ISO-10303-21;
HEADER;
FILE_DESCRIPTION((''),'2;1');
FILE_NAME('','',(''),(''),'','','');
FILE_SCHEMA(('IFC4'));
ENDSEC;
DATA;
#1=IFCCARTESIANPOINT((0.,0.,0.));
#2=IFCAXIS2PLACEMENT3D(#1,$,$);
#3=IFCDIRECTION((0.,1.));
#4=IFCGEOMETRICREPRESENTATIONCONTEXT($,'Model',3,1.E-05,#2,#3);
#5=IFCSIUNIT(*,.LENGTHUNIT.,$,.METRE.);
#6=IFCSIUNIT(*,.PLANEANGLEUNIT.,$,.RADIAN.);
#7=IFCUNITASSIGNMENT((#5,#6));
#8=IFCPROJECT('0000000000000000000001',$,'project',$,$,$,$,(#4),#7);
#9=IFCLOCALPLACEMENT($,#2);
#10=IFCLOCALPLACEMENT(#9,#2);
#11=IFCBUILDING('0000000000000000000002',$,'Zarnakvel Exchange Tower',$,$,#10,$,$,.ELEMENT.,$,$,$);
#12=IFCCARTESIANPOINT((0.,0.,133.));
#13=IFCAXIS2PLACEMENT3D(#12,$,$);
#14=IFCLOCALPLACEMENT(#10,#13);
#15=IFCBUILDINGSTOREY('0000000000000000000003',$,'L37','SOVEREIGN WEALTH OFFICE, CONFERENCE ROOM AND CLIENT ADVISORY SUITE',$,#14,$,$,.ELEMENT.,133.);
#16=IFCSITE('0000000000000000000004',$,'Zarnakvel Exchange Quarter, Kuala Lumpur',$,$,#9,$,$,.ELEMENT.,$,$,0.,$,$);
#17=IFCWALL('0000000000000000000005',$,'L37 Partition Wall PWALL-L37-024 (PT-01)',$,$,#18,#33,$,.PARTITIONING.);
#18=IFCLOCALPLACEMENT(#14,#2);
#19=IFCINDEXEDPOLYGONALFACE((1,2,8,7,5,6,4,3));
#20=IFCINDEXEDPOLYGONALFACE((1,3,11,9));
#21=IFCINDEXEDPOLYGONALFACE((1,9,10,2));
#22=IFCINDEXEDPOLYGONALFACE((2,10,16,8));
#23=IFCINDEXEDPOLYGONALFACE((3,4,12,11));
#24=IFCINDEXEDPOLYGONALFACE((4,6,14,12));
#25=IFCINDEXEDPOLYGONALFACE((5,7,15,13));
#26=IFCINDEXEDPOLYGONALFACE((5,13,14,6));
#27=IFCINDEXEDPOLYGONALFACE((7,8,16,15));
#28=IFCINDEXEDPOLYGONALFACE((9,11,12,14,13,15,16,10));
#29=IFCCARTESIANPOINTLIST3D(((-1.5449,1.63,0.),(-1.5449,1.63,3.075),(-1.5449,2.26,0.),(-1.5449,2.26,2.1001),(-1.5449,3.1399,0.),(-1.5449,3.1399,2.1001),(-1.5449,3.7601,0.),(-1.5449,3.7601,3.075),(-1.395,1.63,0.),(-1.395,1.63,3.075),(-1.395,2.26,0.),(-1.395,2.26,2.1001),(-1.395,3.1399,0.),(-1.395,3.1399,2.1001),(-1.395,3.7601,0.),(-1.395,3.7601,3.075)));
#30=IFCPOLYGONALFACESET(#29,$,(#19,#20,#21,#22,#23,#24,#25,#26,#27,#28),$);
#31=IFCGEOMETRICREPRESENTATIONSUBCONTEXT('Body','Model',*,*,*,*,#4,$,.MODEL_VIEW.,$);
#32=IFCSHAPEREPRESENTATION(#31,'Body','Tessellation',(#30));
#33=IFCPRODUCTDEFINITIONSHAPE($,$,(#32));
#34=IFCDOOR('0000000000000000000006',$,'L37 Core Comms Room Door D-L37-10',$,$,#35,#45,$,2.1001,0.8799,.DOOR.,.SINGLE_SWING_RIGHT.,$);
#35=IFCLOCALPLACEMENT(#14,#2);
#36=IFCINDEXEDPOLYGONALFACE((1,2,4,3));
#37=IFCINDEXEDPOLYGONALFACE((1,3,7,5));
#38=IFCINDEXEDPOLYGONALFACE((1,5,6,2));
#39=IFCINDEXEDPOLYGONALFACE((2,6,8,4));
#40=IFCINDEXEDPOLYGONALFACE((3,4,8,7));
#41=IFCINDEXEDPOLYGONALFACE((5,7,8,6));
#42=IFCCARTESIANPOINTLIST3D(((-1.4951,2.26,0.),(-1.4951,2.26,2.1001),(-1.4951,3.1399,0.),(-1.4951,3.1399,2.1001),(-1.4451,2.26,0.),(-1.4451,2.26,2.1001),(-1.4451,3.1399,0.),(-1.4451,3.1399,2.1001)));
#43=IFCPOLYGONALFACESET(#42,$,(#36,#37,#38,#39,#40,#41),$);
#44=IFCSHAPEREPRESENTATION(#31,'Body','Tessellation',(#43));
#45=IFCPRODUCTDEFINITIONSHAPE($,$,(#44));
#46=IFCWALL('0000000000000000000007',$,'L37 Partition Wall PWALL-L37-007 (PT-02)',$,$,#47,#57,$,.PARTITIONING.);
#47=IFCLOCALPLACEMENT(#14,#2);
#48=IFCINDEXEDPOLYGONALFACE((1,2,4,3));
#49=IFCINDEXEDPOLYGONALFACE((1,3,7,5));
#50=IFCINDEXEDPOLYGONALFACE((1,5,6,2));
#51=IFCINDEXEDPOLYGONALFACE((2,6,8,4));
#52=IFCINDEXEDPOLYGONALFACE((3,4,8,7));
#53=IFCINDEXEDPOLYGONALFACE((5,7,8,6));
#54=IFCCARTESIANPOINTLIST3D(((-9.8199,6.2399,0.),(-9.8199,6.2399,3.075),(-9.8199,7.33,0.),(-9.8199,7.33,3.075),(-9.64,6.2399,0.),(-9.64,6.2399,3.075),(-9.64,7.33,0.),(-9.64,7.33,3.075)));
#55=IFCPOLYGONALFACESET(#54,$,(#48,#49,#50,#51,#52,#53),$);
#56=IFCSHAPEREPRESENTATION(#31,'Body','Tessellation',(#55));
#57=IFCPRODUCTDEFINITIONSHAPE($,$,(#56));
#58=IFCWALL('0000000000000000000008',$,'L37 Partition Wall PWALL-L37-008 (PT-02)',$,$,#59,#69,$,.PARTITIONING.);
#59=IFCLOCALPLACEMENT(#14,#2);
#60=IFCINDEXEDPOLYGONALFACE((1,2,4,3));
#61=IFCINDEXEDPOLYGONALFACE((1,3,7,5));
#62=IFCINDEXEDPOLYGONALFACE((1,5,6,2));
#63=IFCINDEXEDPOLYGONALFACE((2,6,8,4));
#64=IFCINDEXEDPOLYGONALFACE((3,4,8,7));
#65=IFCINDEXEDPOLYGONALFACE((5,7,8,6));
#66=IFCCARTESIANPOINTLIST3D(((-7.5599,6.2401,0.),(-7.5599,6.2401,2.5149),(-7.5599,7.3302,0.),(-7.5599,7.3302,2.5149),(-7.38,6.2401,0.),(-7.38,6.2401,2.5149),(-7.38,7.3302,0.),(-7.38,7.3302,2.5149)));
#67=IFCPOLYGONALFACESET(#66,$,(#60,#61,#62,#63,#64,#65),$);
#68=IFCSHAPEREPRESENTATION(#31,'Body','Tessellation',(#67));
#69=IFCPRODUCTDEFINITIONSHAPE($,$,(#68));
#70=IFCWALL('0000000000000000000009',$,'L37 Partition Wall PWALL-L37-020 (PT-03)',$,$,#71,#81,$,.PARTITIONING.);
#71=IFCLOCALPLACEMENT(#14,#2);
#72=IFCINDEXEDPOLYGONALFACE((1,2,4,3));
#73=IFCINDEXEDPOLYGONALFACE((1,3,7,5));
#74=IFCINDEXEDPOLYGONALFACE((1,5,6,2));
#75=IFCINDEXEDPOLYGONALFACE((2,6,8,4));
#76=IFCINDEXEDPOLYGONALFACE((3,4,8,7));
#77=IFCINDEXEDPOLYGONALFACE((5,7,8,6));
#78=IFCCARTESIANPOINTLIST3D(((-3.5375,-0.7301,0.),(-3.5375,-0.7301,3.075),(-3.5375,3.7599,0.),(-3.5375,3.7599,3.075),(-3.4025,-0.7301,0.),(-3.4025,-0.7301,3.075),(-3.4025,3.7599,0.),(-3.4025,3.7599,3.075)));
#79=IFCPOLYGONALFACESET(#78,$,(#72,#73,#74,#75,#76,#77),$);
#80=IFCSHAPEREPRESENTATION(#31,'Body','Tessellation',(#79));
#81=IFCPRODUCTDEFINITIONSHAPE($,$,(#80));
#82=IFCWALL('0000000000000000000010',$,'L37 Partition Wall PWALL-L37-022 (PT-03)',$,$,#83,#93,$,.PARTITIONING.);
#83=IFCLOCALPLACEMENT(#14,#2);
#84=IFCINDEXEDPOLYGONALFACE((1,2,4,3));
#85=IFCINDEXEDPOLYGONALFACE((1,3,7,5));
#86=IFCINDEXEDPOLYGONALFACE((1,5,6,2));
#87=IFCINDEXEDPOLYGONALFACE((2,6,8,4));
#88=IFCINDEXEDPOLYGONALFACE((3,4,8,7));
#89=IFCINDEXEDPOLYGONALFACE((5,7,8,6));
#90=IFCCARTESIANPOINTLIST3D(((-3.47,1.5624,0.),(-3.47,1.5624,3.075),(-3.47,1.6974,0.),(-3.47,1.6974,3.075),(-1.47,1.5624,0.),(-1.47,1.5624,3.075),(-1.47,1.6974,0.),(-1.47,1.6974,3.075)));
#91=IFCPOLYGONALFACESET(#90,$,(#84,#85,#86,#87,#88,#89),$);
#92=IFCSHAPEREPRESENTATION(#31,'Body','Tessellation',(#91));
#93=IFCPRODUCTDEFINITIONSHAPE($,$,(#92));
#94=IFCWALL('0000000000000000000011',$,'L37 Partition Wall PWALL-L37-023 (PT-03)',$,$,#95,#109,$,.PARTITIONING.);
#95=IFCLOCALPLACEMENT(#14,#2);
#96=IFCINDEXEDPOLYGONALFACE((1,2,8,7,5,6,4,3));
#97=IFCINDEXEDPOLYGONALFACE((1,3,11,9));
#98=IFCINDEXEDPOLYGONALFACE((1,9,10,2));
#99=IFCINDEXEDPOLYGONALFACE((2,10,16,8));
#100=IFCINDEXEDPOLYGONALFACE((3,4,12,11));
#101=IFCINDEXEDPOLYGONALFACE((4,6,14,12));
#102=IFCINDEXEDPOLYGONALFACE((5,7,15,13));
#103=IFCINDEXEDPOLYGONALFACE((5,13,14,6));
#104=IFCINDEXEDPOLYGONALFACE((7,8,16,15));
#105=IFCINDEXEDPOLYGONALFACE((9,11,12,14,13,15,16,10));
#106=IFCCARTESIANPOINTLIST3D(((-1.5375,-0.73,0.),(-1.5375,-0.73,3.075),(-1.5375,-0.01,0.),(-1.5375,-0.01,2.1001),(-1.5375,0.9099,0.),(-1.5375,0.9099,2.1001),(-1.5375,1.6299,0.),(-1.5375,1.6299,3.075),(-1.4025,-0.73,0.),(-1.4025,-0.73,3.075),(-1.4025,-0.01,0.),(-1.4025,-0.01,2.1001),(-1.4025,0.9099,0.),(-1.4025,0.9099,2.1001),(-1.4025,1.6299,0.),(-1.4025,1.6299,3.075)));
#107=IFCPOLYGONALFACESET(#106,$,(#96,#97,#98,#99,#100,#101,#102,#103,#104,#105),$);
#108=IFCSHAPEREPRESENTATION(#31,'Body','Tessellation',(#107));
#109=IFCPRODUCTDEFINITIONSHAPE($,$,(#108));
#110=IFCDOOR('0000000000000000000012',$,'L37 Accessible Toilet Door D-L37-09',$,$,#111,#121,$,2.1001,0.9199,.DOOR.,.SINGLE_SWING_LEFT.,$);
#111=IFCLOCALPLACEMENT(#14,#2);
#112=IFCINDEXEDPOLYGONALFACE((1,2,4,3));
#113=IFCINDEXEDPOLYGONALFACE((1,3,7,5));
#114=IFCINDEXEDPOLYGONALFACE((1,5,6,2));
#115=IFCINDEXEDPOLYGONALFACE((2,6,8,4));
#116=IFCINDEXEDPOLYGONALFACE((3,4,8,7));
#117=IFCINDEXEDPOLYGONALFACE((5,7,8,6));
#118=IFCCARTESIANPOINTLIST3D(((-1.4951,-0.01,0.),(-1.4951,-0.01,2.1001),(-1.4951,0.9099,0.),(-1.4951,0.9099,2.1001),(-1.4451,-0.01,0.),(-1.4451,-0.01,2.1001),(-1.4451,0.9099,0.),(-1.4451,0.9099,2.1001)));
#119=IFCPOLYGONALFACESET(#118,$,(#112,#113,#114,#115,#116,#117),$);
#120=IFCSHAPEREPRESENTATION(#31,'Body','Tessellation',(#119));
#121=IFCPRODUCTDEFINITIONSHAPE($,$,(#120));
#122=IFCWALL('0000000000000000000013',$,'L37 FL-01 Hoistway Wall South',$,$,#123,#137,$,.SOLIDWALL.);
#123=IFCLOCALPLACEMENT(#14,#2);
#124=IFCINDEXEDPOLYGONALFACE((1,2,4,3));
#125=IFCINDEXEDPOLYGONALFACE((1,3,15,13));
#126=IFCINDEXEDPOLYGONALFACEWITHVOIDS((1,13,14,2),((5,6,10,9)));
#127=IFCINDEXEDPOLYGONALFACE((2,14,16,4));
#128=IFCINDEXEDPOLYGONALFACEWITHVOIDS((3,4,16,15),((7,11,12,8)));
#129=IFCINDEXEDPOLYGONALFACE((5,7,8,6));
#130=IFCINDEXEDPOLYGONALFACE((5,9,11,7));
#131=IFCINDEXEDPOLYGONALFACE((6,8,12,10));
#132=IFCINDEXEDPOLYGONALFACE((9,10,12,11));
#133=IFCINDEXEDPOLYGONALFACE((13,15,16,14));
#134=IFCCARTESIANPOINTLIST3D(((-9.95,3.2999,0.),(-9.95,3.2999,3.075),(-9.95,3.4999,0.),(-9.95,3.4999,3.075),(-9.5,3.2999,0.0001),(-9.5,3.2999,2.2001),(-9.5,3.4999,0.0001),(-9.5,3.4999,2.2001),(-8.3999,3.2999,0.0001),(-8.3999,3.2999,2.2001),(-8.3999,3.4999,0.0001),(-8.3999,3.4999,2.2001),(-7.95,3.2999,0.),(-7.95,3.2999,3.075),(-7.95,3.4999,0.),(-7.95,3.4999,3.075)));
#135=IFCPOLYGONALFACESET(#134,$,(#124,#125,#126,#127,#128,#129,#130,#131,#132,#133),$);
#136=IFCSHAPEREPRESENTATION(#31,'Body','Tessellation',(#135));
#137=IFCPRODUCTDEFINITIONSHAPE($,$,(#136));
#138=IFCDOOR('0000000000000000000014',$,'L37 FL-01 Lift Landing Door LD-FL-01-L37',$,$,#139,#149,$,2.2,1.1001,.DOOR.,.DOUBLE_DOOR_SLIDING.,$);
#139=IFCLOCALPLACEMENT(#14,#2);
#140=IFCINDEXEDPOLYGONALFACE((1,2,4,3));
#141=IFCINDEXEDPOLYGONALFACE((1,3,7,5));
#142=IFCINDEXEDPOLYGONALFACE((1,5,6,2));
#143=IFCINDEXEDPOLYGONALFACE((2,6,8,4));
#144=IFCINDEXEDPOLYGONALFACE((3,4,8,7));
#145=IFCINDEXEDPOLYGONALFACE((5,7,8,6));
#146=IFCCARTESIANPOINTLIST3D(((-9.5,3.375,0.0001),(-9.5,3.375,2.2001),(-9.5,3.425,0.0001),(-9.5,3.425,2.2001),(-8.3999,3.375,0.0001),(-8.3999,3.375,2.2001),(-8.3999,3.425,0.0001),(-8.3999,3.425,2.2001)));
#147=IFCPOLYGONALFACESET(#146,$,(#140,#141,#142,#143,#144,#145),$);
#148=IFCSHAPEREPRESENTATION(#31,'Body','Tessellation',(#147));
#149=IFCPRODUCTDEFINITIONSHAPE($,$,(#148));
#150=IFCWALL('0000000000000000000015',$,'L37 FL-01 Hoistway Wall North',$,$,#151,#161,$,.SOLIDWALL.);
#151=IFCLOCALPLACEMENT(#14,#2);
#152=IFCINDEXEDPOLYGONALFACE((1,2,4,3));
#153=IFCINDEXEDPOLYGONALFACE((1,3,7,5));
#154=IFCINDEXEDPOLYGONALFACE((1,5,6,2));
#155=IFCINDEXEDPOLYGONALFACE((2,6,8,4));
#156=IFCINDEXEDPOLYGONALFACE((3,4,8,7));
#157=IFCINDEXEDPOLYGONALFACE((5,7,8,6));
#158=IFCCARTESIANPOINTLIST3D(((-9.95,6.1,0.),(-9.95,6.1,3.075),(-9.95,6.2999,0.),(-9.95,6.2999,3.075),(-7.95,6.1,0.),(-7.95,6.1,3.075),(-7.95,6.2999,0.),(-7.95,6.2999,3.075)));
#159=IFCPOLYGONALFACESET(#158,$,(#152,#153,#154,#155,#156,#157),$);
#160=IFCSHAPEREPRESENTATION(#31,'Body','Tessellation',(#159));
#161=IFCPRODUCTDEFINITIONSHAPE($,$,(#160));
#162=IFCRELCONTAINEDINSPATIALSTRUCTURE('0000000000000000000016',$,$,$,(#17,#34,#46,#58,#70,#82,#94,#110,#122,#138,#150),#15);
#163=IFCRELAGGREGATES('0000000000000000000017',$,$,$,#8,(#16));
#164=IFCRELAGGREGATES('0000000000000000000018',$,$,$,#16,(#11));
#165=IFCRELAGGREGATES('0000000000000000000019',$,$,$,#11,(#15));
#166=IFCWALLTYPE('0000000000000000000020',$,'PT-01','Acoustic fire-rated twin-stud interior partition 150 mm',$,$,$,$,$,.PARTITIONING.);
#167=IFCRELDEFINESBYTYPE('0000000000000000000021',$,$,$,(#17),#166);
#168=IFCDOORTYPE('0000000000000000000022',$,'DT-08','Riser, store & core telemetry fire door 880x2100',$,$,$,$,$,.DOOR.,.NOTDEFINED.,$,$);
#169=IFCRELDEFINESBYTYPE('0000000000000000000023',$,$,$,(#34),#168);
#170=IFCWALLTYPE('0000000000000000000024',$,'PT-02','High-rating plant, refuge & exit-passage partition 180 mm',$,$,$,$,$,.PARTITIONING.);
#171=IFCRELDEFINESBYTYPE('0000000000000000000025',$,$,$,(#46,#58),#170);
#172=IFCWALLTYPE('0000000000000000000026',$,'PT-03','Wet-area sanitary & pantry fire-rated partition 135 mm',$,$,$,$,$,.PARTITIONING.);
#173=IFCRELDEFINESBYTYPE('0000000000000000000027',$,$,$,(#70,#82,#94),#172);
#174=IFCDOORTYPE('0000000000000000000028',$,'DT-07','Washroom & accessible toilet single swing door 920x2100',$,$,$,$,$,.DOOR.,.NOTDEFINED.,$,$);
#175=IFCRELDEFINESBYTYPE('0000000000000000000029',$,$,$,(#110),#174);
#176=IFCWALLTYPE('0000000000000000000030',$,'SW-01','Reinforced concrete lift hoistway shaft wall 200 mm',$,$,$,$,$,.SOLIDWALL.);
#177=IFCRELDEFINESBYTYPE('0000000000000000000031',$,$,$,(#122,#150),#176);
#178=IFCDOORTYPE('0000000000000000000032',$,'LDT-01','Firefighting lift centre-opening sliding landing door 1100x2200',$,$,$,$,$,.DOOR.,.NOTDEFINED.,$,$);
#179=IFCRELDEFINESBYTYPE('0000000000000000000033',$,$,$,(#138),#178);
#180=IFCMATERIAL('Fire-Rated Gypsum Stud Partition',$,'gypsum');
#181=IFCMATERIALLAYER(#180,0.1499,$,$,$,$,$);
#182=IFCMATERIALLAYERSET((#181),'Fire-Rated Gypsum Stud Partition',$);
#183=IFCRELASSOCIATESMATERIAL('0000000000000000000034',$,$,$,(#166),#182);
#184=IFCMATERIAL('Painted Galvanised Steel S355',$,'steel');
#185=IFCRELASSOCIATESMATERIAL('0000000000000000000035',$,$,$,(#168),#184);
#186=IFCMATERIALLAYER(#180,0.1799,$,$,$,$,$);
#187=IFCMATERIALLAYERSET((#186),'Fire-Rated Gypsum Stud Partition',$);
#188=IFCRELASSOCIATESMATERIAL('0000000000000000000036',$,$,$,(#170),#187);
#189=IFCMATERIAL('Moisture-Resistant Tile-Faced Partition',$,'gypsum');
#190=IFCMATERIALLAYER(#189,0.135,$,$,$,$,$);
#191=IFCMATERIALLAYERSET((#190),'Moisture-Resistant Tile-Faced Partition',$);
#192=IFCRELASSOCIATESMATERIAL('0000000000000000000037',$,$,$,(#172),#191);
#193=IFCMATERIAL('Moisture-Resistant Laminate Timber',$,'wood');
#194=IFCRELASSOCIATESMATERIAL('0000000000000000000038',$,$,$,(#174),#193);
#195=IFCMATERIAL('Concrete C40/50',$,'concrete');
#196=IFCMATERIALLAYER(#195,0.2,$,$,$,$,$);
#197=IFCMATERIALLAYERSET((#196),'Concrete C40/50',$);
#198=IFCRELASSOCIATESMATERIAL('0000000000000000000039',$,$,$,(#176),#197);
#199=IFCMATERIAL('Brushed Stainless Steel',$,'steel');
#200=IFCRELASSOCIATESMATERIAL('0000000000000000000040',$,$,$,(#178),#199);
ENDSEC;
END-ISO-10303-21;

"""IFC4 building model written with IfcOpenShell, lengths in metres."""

from ifc_helpers import new_model, si_unit, direction, frame, frame_2d, origin, place, context, subcontext, project, spatial, rectangle, extrude, source, transform, mapped, material, layer, layer_set, type_object, element, fill, save


model = new_model("IFC4")

# Units and contexts
model_context = context("Model", 3, precision=1e-05, world=origin(), true_north=direction((0.0, 1.0)))
body_context = subcontext(model_context, "Body", "Model", "MODEL_VIEW")
ifc_project = project(units=[si_unit("LENGTHUNIT", "METRE"), si_unit("PLANEANGLEUNIT", "RADIAN")], contexts=[model_context])

# Site, building, storey
site_placement = place(None, origin())
site = spatial("IfcSite", under=ifc_project, at=site_placement, Name="Zarnakvel Exchange Quarter, Kuala Lumpur", CompositionType="ELEMENT", RefElevation=0.0)
building_placement = place(site_placement, origin())
building = spatial("IfcBuilding", under=site, at=building_placement, Name="Zarnakvel Exchange Tower", CompositionType="ELEMENT")
storey_placement = place(building_placement, frame((0.0, 0.0, 133.0)))
storey = spatial("IfcBuildingStorey", under=building, at=storey_placement, Name="L37", Description="SOVEREIGN WEALTH OFFICE, CONFERENCE ROOM AND CLIENT ADVISORY SUITE", CompositionType="ELEMENT", Elevation=133.0)

# Wall, opening, door
ifc_material_1 = material(Name="Fire-Rated Gypsum Stud Partition", Category="gypsum")
ifc_layer_1 = layer(ifc_material_1, 0.1499)
ifc_layer_set_1 = layer_set([ifc_layer_1], Name="Fire-Rated Gypsum Stud Partition")
wall_type_1 = type_object("IfcWallType", Name="PT-01", Description="Acoustic fire-rated twin-stud interior partition 150 mm", PredefinedType="PARTITIONING", material=ifc_layer_set_1)
wall_1_placement = place(storey_placement, frame((-1.47, 3.76, 0.0), z_axis=(0.0, 0.0, 1.0), x_axis=(0.0, -1.0, 0.0)))
wall_1 = element("IfcWall", 1, at=wall_1_placement, inside=storey, type_object=wall_type_1, Name="L37 Partition Wall PWALL-L37-024 (PT-01)", PredefinedType="PARTITIONING", context=body_context, shape_type="SweptSolid", body=[
    extrude(rectangle(XDim=2.1301, YDim=0.1499, at=frame_2d((1.0649, 0.0))), origin(), (0.0, 0.0, 1.0), 3.075),
])
opening_1_placement = place(wall_1_placement, frame((0.6201, 0.0, 0.0)))
opening_1 = element("IfcOpeningElement", 2, at=opening_1_placement, cuts=wall_1, PredefinedType="OPENING", context=body_context, shape_type="SweptSolid", body=[
    extrude(rectangle(XDim=0.8799, YDim=2.1001, at=frame_2d((0.4399, 1.05))), frame((0.0, 0.085, 0.0), z_axis=(0.0, -1.0, 0.0), x_axis=(1.0, 0.0, 0.0)), (0.0, 0.0, 1.0), 0.1699),
])
ifc_material_2 = material(Name="Painted Galvanised Steel S355", Category="steel")
door_type_1 = type_object("IfcDoorType", Name="DT-08", Description="Riser, store & core telemetry fire door 880x2100", OperationType="NOTDEFINED", PredefinedType="DOOR", material=ifc_material_2)
shared_shape_1 = source(origin(), body_context, "Body", "SweptSolid", [
    extrude(rectangle(XDim=0.8799, YDim=2.1001, at=frame_2d((0.4399, 1.05))), frame((0.0, 0.0249, 0.0), z_axis=(0.0, -1.0, 0.0), x_axis=(1.0, 0.0, 0.0)), (0.0, 0.0, 1.0), 0.05),
])
door_1_placement = place(opening_1_placement, origin())
door_1 = element("IfcDoor", 3, at=door_1_placement, inside=storey, type_object=door_type_1, Name="L37 Core Comms Room Door D-L37-10", OperationType="SINGLE_SWING_RIGHT", OverallHeight=2.1001, OverallWidth=0.8799, PredefinedType="DOOR", context=body_context, shape_type="MappedRepresentation", body=[
    mapped(shared_shape_1, transform((0.0, 0.0, 0.0), x_axis=(1.0, 0.0, 0.0), y_axis=(0.0, 1.0, 0.0), z_axis=(0.0, 0.0, 1.0), scale=1.0)),
])
fill(opening_1, door_1)

# Walls
ifc_layer_2 = layer(ifc_material_1, 0.1799)
ifc_layer_set_2 = layer_set([ifc_layer_2], Name="Fire-Rated Gypsum Stud Partition")
wall_type_2 = type_object("IfcWallType", Name="PT-02", Description="High-rating plant, refuge & exit-passage partition 180 mm", PredefinedType="PARTITIONING", material=ifc_layer_set_2)
wall_2_placement = place(storey_placement, frame((-9.73, 6.24, 0.0), z_axis=(0.0, 0.0, 1.0), x_axis=(0.0, 1.0, 0.0)))
element("IfcWall", 4, at=wall_2_placement, inside=storey, type_object=wall_type_2, Name="L37 Partition Wall PWALL-L37-007 (PT-02)", PredefinedType="PARTITIONING", context=body_context, shape_type="SweptSolid", body=[
    extrude(rectangle(XDim=1.0901, YDim=0.1799, at=frame_2d((0.5449, 0.0))), origin(), (0.0, 0.0, 1.0), 3.075),
])
wall_3_placement = place(storey_placement, frame((-7.47, 7.3301, 0.0), z_axis=(0.0, 0.0, 1.0), x_axis=(0.0, -1.0, 0.0)))
element("IfcWall", 5, at=wall_3_placement, inside=storey, type_object=wall_type_2, Name="L37 Partition Wall PWALL-L37-008 (PT-02)", PredefinedType="PARTITIONING", context=body_context, shape_type="SweptSolid", body=[
    extrude(rectangle(XDim=1.0901, YDim=0.1799, at=frame_2d((0.5449, 0.0))), origin(), (0.0, 0.0, 1.0), 2.5149),
])
ifc_material_3 = material(Name="Moisture-Resistant Tile-Faced Partition", Category="gypsum")
ifc_layer_3 = layer(ifc_material_3, 0.135)
ifc_layer_set_3 = layer_set([ifc_layer_3], Name="Moisture-Resistant Tile-Faced Partition")
wall_type_3 = type_object("IfcWallType", Name="PT-03", Description="Wet-area sanitary & pantry fire-rated partition 135 mm", PredefinedType="PARTITIONING", material=ifc_layer_set_3)
wall_4_placement = place(storey_placement, frame((-3.47, 3.76, 0.0), z_axis=(0.0, 0.0, 1.0), x_axis=(0.0, -1.0, 0.0)))
element("IfcWall", 6, at=wall_4_placement, inside=storey, type_object=wall_type_3, Name="L37 Partition Wall PWALL-L37-020 (PT-03)", PredefinedType="PARTITIONING", context=body_context, shape_type="SweptSolid", body=[
    extrude(rectangle(XDim=4.49, YDim=0.135, at=frame_2d((2.2451, 0.0))), origin(), (0.0, 0.0, 1.0), 3.075),
])
wall_5_placement = place(storey_placement, frame((-3.47, 1.6299, 0.0), z_axis=(0.0, 0.0, 1.0), x_axis=(1.0, 0.0, 0.0)))
element("IfcWall", 7, at=wall_5_placement, inside=storey, type_object=wall_type_3, Name="L37 Partition Wall PWALL-L37-022 (PT-03)", PredefinedType="PARTITIONING", context=body_context, shape_type="SweptSolid", body=[
    extrude(rectangle(XDim=2.0, YDim=0.135, at=frame_2d((1.0, 0.0))), origin(), (0.0, 0.0, 1.0), 3.075),
])

# Walls, openings, doors
wall_6_placement = place(storey_placement, frame((-1.47, 1.6299, 0.0), z_axis=(0.0, 0.0, 1.0), x_axis=(0.0, -1.0, 0.0)))
wall_6 = element("IfcWall", 8, at=wall_6_placement, inside=storey, type_object=wall_type_3, Name="L37 Partition Wall PWALL-L37-023 (PT-03)", PredefinedType="PARTITIONING", context=body_context, shape_type="SweptSolid", body=[
    extrude(rectangle(XDim=2.3599, YDim=0.135, at=frame_2d((1.1799, 0.0))), origin(), (0.0, 0.0, 1.0), 3.075),
])
opening_2_placement = place(wall_6_placement, frame((0.72, 0.0, 0.0)))
opening_2 = element("IfcOpeningElement", 9, at=opening_2_placement, cuts=wall_6, PredefinedType="OPENING", context=body_context, shape_type="SweptSolid", body=[
    extrude(rectangle(XDim=0.9199, YDim=2.1001, at=frame_2d((0.46, 1.05))), frame((0.0, 0.0774, 0.0), z_axis=(0.0, -1.0, 0.0), x_axis=(1.0, 0.0, 0.0)), (0.0, 0.0, 1.0), 0.155),
])
ifc_material_4 = material(Name="Moisture-Resistant Laminate Timber", Category="wood")
door_type_2 = type_object("IfcDoorType", Name="DT-07", Description="Washroom & accessible toilet single swing door 920x2100", OperationType="NOTDEFINED", PredefinedType="DOOR", material=ifc_material_4)
shared_shape_2 = source(origin(), body_context, "Body", "SweptSolid", [
    extrude(rectangle(XDim=0.9199, YDim=2.1001, at=frame_2d((0.46, 1.05))), frame((0.0, 0.0249, 0.0), z_axis=(0.0, -1.0, 0.0), x_axis=(1.0, 0.0, 0.0)), (0.0, 0.0, 1.0), 0.05),
])
door_2_placement = place(opening_2_placement, origin())
door_2 = element("IfcDoor", 10, at=door_2_placement, inside=storey, type_object=door_type_2, Name="L37 Accessible Toilet Door D-L37-09", OperationType="SINGLE_SWING_LEFT", OverallHeight=2.1001, OverallWidth=0.9199, PredefinedType="DOOR", context=body_context, shape_type="MappedRepresentation", body=[
    mapped(shared_shape_2, transform((0.0, 0.0, 0.0), x_axis=(1.0, 0.0, 0.0), y_axis=(0.0, 1.0, 0.0), z_axis=(0.0, 0.0, 1.0), scale=1.0)),
])
fill(opening_2, door_2)
ifc_material_5 = material(Name="Concrete C40/50", Category="concrete")
ifc_layer_4 = layer(ifc_material_5, 0.2)
ifc_layer_set_4 = layer_set([ifc_layer_4], Name="Concrete C40/50")
wall_type_4 = type_object("IfcWallType", Name="SW-01", Description="Reinforced concrete lift hoistway shaft wall 200 mm", PredefinedType="SOLIDWALL", material=ifc_layer_set_4)
wall_7_placement = place(storey_placement, frame((-7.95, 3.3999, 0.0), z_axis=(0.0, 0.0, 1.0), x_axis=(-1.0, 0.0, 0.0)))
wall_7 = element("IfcWall", 11, at=wall_7_placement, inside=storey, type_object=wall_type_4, Name="L37 FL-01 Hoistway Wall South", PredefinedType="SOLIDWALL", context=body_context, shape_type="SweptSolid", body=[
    extrude(rectangle(XDim=2.0, YDim=0.2, at=frame_2d((1.0, 0.0))), origin(), (0.0, 0.0, 1.0), 3.075),
])
opening_3_placement = place(wall_7_placement, frame((0.45, 0.0, 0.0)))
opening_3 = element("IfcOpeningElement", 12, at=opening_3_placement, cuts=wall_7, PredefinedType="OPENING", context=body_context, shape_type="SweptSolid", body=[
    extrude(rectangle(XDim=1.1001, YDim=2.2, at=frame_2d((0.55, 1.1001))), frame((0.0, 0.1099, 0.0), z_axis=(0.0, -1.0, 0.0), x_axis=(1.0, 0.0, 0.0)), (0.0, 0.0, 1.0), 0.22),
])
ifc_material_6 = material(Name="Brushed Stainless Steel", Category="steel")
door_type_3 = type_object("IfcDoorType", Name="LDT-01", Description="Firefighting lift centre-opening sliding landing door 1100x2200", OperationType="NOTDEFINED", PredefinedType="DOOR", material=ifc_material_6)
shared_shape_3 = source(origin(), body_context, "Body", "SweptSolid", [
    extrude(rectangle(XDim=1.1001, YDim=2.2, at=frame_2d((0.55, 1.1001))), frame((0.0, 0.0249, 0.0), z_axis=(0.0, -1.0, 0.0), x_axis=(1.0, 0.0, 0.0)), (0.0, 0.0, 1.0), 0.05),
])
door_3_placement = place(opening_3_placement, origin())
door_3 = element("IfcDoor", 13, at=door_3_placement, inside=storey, type_object=door_type_3, Name="L37 FL-01 Lift Landing Door LD-FL-01-L37", OperationType="DOUBLE_DOOR_SLIDING", OverallHeight=2.2, OverallWidth=1.1001, PredefinedType="DOOR", context=body_context, shape_type="MappedRepresentation", body=[
    mapped(shared_shape_3, transform((0.0, 0.0, 0.0), x_axis=(1.0, 0.0, 0.0), y_axis=(0.0, 1.0, 0.0), z_axis=(0.0, 0.0, 1.0), scale=1.0)),
])
fill(opening_3, door_3)

# Wall
wall_8_placement = place(storey_placement, frame((-9.95, 6.2, 0.0), z_axis=(0.0, 0.0, 1.0), x_axis=(1.0, 0.0, 0.0)))
element("IfcWall", 14, at=wall_8_placement, inside=storey, type_object=wall_type_4, Name="L37 FL-01 Hoistway Wall North", PredefinedType="SOLIDWALL", context=body_context, shape_type="SweptSolid", body=[
    extrude(rectangle(XDim=2.0, YDim=0.2, at=frame_2d((1.0, 0.0))), origin(), (0.0, 0.0, 1.0), 3.075),
])

save(model, "model.ifc")
